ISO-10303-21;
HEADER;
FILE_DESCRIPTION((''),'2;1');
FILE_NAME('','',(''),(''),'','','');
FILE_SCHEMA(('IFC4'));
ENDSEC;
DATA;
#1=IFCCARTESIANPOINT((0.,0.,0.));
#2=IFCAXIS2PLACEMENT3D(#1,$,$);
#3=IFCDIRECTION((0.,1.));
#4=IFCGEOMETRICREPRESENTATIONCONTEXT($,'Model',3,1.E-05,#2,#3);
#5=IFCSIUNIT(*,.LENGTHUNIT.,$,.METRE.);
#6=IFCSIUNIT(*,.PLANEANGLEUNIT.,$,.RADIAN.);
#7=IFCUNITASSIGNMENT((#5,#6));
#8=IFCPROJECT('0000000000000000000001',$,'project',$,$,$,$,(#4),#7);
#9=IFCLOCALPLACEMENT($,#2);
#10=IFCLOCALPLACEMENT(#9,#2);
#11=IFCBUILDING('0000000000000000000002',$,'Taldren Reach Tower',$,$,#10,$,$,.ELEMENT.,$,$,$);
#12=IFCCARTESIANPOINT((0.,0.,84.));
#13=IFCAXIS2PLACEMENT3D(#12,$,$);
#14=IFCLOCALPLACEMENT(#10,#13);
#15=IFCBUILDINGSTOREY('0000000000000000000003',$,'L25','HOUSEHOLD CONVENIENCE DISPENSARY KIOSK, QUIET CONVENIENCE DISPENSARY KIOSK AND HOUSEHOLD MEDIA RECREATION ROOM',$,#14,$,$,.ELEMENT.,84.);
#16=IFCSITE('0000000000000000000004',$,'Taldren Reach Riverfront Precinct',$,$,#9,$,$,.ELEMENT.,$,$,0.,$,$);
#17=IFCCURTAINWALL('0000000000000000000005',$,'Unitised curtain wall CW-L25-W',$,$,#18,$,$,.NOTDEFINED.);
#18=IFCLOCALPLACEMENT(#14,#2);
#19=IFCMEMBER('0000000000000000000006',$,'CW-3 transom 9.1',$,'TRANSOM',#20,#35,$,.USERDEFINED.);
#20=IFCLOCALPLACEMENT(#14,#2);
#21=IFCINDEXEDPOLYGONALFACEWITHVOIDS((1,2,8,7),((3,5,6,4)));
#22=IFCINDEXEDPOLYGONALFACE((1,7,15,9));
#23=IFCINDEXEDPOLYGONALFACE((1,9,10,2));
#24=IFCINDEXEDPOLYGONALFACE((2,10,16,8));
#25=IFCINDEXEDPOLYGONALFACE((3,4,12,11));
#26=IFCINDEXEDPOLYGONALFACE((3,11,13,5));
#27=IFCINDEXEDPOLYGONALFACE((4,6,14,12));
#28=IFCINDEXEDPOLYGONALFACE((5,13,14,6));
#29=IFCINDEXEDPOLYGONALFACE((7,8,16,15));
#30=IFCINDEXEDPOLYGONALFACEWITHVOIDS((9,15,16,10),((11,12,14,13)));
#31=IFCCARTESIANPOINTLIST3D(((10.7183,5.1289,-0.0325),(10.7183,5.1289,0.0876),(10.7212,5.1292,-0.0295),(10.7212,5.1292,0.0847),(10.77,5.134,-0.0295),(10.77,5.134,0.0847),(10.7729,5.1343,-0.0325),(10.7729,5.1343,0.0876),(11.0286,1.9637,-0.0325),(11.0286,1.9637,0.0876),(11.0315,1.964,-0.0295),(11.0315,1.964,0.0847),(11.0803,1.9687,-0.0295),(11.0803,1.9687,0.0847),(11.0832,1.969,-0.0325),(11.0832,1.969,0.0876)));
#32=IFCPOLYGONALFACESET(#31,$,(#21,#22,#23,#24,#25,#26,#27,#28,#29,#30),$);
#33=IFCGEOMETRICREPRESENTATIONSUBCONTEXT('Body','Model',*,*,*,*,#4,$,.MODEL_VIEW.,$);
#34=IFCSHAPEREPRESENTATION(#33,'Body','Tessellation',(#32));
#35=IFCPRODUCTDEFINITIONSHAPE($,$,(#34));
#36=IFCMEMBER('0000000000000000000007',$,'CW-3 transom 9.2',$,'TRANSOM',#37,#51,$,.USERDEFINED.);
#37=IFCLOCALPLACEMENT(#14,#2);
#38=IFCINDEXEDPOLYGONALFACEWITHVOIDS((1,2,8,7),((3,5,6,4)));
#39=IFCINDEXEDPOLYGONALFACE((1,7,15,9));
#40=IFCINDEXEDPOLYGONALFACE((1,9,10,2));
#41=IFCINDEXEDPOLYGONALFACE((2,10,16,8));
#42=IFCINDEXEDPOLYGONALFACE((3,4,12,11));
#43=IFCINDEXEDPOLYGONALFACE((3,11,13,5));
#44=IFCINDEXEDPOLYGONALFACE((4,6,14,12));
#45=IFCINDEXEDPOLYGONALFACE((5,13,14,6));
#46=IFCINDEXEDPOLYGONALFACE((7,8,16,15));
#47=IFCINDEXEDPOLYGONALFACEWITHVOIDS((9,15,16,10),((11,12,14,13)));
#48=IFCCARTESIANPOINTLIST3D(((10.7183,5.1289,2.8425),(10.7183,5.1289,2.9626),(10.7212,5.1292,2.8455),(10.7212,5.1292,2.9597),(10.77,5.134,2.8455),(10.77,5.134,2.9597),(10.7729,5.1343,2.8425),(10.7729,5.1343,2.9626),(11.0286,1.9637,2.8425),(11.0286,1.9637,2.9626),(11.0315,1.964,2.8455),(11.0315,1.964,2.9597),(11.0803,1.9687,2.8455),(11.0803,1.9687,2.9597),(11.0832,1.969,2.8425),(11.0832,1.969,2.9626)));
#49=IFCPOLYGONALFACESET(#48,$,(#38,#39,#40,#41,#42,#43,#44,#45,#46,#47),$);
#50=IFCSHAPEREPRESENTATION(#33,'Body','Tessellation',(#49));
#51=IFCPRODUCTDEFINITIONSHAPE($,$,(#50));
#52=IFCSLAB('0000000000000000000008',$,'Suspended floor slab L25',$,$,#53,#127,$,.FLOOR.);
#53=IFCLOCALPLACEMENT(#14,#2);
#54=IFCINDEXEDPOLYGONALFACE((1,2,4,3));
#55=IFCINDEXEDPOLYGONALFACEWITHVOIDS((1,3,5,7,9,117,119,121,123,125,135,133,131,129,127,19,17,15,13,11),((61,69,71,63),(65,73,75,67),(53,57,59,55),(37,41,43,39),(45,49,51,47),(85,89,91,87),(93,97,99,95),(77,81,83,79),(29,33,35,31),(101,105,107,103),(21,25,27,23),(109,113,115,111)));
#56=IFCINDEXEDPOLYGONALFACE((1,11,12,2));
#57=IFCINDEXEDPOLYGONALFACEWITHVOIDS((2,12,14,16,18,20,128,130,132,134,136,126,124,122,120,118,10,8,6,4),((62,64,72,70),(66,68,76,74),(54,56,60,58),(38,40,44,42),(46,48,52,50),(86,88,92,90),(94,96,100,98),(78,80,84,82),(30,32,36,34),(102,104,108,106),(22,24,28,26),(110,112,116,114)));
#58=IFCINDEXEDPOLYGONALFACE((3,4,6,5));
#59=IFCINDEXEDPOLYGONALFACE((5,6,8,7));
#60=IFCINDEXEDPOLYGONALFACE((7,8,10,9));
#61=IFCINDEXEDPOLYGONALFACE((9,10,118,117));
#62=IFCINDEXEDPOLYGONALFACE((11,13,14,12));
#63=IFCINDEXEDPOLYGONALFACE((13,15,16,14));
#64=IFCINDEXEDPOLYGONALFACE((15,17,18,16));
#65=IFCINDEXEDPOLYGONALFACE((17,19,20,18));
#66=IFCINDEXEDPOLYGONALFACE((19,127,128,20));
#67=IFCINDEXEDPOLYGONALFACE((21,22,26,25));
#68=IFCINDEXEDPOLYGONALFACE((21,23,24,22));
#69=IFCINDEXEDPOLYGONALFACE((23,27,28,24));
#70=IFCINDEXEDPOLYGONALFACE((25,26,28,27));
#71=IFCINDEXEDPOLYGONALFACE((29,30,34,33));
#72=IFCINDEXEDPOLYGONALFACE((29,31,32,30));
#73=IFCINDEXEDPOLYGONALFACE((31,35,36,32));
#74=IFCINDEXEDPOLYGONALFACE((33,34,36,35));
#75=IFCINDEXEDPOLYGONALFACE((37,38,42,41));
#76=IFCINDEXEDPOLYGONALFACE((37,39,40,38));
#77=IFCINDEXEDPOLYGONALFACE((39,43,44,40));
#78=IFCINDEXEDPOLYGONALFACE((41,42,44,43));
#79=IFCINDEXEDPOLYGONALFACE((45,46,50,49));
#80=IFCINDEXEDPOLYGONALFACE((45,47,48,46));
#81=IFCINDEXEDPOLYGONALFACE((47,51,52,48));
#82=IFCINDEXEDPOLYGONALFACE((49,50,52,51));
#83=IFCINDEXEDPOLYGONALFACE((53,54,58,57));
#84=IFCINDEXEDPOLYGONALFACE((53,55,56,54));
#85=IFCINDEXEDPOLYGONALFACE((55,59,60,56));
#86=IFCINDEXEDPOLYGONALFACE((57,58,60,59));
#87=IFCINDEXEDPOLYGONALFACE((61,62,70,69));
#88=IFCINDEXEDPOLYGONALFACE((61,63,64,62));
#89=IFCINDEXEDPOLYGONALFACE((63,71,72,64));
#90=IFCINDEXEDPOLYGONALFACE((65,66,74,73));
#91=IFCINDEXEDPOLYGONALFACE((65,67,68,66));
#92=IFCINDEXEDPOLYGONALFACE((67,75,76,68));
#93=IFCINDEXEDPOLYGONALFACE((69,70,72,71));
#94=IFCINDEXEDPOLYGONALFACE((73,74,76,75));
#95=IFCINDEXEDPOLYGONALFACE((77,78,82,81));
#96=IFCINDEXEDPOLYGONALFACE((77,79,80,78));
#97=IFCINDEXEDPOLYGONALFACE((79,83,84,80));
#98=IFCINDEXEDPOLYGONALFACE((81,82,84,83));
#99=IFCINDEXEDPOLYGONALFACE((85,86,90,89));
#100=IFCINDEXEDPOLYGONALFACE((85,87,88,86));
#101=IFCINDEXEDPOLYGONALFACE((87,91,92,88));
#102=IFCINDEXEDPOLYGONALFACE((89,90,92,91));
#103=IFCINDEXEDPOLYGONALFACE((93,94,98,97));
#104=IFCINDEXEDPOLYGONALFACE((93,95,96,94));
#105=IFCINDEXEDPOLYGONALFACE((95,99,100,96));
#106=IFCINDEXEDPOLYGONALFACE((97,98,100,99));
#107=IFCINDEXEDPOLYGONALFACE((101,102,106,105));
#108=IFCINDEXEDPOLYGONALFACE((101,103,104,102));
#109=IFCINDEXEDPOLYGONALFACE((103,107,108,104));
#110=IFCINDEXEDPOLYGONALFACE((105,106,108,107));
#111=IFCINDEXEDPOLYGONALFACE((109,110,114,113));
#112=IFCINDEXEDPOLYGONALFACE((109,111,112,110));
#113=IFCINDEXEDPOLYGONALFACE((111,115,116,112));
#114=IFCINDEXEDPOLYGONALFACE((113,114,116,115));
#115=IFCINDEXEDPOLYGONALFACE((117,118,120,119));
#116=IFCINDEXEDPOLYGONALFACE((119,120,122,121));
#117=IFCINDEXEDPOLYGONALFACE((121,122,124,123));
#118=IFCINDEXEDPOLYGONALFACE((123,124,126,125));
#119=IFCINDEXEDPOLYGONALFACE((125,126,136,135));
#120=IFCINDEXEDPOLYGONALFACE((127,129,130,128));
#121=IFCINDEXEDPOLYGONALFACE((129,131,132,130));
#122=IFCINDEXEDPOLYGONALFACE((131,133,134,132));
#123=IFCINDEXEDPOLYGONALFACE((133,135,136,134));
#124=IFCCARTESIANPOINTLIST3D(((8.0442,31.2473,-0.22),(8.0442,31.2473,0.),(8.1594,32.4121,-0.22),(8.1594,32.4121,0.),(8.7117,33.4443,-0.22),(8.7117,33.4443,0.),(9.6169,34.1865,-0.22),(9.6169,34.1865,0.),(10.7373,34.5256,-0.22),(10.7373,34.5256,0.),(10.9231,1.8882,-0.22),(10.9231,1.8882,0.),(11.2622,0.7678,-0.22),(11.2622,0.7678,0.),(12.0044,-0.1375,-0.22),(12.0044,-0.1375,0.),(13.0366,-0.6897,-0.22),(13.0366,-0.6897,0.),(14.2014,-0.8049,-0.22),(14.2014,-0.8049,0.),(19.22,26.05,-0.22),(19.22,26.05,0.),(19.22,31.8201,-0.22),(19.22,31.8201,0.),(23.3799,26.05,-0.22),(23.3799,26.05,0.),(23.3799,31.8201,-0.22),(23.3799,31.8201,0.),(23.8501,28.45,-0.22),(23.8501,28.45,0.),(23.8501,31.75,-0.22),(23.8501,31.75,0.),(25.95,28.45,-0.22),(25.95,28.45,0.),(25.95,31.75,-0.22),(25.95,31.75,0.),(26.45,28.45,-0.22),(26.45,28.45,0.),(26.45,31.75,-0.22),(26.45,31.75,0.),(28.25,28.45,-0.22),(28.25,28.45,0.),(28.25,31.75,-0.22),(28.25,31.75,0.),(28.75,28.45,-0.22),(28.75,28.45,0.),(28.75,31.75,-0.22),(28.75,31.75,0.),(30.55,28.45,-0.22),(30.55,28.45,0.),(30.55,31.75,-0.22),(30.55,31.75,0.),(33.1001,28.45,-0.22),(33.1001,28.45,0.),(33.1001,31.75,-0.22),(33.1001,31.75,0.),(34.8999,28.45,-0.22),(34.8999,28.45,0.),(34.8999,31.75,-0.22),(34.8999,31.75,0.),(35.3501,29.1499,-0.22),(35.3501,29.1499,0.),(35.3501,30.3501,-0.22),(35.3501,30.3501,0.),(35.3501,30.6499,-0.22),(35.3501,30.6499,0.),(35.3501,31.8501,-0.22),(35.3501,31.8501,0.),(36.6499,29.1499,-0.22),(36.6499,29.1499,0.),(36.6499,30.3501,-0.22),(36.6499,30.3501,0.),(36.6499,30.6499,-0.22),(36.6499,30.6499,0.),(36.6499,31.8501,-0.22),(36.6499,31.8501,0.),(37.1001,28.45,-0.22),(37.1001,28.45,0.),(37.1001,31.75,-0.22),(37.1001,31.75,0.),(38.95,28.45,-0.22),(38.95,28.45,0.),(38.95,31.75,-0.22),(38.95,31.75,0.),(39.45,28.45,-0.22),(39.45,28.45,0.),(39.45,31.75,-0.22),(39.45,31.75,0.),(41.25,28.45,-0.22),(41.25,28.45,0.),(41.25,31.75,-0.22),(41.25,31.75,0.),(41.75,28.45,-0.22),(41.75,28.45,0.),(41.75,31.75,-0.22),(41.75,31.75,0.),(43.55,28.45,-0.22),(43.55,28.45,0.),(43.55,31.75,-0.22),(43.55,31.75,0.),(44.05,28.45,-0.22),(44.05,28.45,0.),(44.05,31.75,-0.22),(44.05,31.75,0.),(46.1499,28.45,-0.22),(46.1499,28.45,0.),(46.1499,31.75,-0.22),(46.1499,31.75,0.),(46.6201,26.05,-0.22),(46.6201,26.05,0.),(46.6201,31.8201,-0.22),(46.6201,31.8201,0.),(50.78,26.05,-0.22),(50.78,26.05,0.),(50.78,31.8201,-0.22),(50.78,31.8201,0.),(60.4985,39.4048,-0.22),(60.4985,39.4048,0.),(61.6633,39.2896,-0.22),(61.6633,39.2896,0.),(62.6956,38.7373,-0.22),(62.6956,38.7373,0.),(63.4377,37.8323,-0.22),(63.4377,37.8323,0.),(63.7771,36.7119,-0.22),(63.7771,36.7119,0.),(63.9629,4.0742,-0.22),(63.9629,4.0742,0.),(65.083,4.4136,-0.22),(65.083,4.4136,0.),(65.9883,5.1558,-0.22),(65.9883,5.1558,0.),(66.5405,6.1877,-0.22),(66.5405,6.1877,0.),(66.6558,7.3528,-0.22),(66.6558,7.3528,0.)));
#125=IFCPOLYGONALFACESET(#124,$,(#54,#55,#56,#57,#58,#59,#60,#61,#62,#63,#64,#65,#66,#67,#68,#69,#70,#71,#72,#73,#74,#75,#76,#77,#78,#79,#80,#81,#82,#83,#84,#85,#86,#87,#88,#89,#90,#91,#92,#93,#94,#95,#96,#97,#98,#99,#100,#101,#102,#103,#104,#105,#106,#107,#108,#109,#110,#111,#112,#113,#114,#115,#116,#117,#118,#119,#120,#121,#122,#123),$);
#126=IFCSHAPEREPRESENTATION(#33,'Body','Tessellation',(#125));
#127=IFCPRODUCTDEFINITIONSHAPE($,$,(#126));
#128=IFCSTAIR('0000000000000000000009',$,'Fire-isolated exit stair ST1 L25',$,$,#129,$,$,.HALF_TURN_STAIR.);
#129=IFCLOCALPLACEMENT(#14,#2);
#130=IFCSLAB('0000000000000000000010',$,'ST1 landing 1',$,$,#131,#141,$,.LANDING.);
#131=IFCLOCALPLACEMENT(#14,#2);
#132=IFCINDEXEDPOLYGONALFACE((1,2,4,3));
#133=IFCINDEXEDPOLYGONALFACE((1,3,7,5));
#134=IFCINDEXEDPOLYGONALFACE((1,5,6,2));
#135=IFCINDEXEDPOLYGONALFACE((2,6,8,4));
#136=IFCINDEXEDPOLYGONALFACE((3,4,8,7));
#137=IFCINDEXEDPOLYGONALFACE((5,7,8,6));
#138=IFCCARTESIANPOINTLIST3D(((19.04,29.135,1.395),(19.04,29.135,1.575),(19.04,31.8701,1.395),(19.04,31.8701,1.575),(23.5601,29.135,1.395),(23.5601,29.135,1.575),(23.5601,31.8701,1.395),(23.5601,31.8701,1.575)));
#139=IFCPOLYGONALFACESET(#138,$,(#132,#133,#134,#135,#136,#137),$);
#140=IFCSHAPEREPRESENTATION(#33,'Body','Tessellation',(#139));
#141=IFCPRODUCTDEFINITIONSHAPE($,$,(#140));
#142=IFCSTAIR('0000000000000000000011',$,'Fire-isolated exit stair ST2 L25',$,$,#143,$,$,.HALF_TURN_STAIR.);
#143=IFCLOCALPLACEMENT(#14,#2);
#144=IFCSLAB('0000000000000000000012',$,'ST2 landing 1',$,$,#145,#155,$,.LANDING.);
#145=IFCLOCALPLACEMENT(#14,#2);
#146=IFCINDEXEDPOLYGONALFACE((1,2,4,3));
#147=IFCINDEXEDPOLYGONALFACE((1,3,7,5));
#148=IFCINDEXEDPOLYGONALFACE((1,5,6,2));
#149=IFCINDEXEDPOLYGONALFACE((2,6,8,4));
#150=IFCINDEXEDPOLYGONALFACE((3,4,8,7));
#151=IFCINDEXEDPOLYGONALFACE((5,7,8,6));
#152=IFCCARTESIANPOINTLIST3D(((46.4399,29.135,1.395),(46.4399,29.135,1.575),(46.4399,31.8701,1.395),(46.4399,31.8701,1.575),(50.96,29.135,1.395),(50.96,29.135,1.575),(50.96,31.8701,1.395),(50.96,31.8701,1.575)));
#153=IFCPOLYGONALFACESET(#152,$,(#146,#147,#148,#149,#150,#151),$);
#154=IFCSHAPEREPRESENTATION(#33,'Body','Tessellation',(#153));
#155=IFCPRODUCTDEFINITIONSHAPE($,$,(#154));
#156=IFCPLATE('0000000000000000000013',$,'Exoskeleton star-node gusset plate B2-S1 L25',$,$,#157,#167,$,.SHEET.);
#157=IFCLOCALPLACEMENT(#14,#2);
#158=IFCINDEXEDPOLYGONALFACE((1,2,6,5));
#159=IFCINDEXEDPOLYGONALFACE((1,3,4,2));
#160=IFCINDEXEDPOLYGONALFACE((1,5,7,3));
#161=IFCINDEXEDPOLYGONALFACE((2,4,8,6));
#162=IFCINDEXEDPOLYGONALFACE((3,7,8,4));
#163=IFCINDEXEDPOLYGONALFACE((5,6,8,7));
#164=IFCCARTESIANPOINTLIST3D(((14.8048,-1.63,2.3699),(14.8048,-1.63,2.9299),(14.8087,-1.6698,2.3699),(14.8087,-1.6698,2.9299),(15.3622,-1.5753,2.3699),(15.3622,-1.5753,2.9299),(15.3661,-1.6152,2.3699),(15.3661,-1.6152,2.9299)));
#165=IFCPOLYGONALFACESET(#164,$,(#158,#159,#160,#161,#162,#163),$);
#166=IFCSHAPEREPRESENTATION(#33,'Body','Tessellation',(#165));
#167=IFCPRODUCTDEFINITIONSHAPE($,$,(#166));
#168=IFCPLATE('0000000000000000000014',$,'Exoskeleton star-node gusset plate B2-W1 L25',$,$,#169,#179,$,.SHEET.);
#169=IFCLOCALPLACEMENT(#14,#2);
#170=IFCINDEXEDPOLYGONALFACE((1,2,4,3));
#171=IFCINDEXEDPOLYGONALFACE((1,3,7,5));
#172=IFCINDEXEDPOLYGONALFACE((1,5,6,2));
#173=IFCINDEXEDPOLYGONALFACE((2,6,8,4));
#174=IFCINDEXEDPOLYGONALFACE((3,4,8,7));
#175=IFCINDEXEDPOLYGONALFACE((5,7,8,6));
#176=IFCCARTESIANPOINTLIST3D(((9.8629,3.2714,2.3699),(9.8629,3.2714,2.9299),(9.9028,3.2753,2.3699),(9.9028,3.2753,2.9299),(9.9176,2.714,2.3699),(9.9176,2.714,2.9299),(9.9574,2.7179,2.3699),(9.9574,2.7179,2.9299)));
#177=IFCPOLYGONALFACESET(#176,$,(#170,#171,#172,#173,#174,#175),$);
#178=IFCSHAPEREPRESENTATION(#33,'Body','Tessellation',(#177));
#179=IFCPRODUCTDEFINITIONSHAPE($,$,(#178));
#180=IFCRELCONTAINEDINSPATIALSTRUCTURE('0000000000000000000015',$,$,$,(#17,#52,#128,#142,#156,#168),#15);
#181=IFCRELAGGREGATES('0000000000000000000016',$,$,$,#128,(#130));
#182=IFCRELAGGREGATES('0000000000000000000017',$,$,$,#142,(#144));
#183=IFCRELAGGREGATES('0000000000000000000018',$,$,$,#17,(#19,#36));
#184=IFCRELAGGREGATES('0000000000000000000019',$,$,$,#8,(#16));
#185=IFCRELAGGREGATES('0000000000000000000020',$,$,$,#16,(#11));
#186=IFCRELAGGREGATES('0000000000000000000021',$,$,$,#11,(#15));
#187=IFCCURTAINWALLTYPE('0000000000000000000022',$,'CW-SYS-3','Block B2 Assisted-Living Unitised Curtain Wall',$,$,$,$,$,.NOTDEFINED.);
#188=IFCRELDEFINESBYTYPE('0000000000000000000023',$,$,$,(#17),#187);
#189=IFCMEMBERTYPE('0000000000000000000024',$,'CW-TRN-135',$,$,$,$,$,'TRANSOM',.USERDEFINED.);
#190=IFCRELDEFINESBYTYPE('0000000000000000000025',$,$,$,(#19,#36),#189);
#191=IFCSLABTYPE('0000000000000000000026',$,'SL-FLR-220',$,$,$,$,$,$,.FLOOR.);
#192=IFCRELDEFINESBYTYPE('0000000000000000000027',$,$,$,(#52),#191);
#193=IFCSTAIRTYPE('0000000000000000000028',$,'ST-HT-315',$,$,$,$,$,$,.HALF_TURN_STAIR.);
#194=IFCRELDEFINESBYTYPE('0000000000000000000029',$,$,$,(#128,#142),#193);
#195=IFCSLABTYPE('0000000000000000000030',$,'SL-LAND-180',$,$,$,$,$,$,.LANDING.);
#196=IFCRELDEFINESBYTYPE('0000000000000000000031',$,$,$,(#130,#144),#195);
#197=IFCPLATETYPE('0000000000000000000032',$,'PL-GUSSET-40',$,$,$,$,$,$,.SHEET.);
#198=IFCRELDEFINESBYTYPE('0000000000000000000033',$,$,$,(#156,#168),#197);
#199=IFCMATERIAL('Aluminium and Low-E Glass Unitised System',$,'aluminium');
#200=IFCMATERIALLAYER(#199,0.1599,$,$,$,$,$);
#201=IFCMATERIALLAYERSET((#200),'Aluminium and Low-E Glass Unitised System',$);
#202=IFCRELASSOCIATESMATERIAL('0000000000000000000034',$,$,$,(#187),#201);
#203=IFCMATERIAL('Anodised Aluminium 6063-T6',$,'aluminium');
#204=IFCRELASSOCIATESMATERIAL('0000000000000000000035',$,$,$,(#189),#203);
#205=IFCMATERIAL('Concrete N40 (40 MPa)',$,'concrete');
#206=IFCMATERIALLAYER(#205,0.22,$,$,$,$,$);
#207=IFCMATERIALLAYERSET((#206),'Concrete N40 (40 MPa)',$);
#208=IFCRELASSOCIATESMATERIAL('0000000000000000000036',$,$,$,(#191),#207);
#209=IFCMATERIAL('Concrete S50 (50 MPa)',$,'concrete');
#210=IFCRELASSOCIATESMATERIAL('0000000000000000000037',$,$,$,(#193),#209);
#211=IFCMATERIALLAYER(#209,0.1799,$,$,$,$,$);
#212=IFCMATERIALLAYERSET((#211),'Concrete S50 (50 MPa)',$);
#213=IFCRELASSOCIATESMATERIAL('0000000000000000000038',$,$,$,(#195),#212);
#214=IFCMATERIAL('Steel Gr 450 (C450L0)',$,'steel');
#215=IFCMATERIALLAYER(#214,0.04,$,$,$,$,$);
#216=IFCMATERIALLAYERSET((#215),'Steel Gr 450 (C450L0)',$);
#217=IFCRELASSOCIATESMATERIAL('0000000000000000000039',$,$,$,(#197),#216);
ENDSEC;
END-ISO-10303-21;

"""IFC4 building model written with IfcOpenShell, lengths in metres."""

from ifc_helpers import new_model, si_unit, direction, frame, origin, origin_2d, place, context, subcontext, project, spatial, polyline, rectangle, hollow_rectangle, outline, extrude, source, transform, mapped, material, layer, layer_set, material_profile, profile_set, type_object, element, aggregate, save


model = new_model("IFC4")

# Units and contexts
model_context = context("Model", 3, precision=1e-05, world=origin(), true_north=direction((0.0, 1.0)))
body_context = subcontext(model_context, "Body", "Model", "MODEL_VIEW")
ifc_project = project(units=[si_unit("LENGTHUNIT", "METRE"), si_unit("PLANEANGLEUNIT", "RADIAN")], contexts=[model_context])

# Site, building, storey
site_placement = place(None, origin())
site = spatial("IfcSite", under=ifc_project, at=site_placement, Name="Taldren Reach Riverfront Precinct", CompositionType="ELEMENT", RefElevation=0.0)
building_placement = place(site_placement, origin())
building = spatial("IfcBuilding", under=site, at=building_placement, Name="Taldren Reach Tower", CompositionType="ELEMENT")
storey_placement = place(building_placement, frame((0.0, 0.0, 84.0)))
storey = spatial("IfcBuildingStorey", under=building, at=storey_placement, Name="L25", Description="HOUSEHOLD CONVENIENCE DISPENSARY KIOSK, QUIET CONVENIENCE DISPENSARY KIOSK AND HOUSEHOLD MEDIA RECREATION ROOM", CompositionType="ELEMENT", Elevation=84.0)

# Shared definitions
ifc_material_1 = material(Name="Steel Gr 450 (C450L0)", Category="steel")

# Shared definitions
ifc_material_2 = material(Name="Aluminium and Low-E Glass Unitised System", Category="aluminium")
ifc_layer_1 = layer(ifc_material_2, 0.1599)
ifc_layer_set_1 = layer_set([ifc_layer_1], Name="Aluminium and Low-E Glass Unitised System")
curtain_wall_type = type_object("IfcCurtainWallType", Name="CW-SYS-3", Description="Block B2 Assisted-Living Unitised Curtain Wall", PredefinedType="NOTDEFINED", material=ifc_layer_set_1)
ifc_material_3 = material(Name="Anodised Aluminium 6063-T6", Category="aluminium")

# Curtain wall
curtain_wall_1_placement = place(storey_placement, origin())
curtain_wall_1 = element("IfcCurtainWall", 1, at=curtain_wall_1_placement, inside=storey, type_object=curtain_wall_type, Name="Unitised curtain wall CW-L25-W", PredefinedType="NOTDEFINED")

# Members
ifc_material_profile_1 = material_profile(ifc_material_3, hollow_rectangle(XDim=0.0549, YDim=0.1201, WallThickness=0.0029, at=origin_2d()), Name="ALU-120x55x3RHS")
ifc_profile_set_1 = profile_set([ifc_material_profile_1], Name="Anodised Aluminium 6063-T6")
member_type_1 = type_object("IfcMemberType", Name="CW-TRN-135", ElementType="TRANSOM", PredefinedType="USERDEFINED", material=ifc_profile_set_1)
shared_shape_1 = source(origin(), body_context, "Body", "SweptSolid", [
    extrude(hollow_rectangle(XDim=0.0549, YDim=0.1201, WallThickness=0.0029, at=origin_2d()), origin(), (0.0, 0.0, 1.0), 3.1804),
])
member_1_placement = place(storey_placement, frame((10.7456, 5.1316, 0.0276), z_axis=(0.097565, -0.995229, 0.0), x_axis=(0.995229, 0.097565, 0.0)))
member_1 = element("IfcMember", 2, at=member_1_placement, type_object=member_type_1, Name="CW-3 transom 9.1", ObjectType="TRANSOM", PredefinedType="USERDEFINED", context=body_context, shape_type="MappedRepresentation", body=[
    mapped(shared_shape_1, transform((0.0, 0.0, 0.0), scale=1.0)),
])
member_2_placement = place(storey_placement, frame((10.7456, 5.1316, 2.9026), z_axis=(0.097565, -0.995229, 0.0), x_axis=(0.995229, 0.097565, 0.0)))
member_2 = element("IfcMember", 3, at=member_2_placement, type_object=member_type_1, Name="CW-3 transom 9.2", ObjectType="TRANSOM", PredefinedType="USERDEFINED", context=body_context, shape_type="MappedRepresentation", body=[
    mapped(shared_shape_1, transform((0.0, 0.0, 0.0), scale=1.0)),
])

# Slab
ifc_material_4 = material(Name="Concrete N40 (40 MPa)", Category="concrete")
ifc_layer_2 = layer(ifc_material_4, 0.22)
ifc_layer_set_2 = layer_set([ifc_layer_2], Name="Concrete N40 (40 MPa)")
slab_type_1 = type_object("IfcSlabType", Name="SL-FLR-220", PredefinedType="FLOOR", material=ifc_layer_set_2)
slab_1_placement = place(storey_placement, frame((0.0, 0.0, -0.22)))
element("IfcSlab", 4, at=slab_1_placement, inside=storey, type_object=slab_type_1, Name="Suspended floor slab L25", PredefinedType="FLOOR", context=body_context, shape_type="SweptSolid", body=[
    extrude(outline(polyline([(63.9629, 4.0742), (65.083, 4.4136), (65.9883, 5.1558), (66.5405, 6.1877), (66.6558, 7.3528), (63.7771, 36.7119), (63.4377, 37.8323), (62.6956, 38.7373), (61.6633, 39.2896), (60.4985, 39.4048), (10.7373, 34.5256), (9.6169, 34.1865), (8.7117, 33.4443), (8.1594, 32.4121), (8.0442, 31.2473), (10.9231, 1.8882), (11.2622, 0.7678), (12.0044, -0.1375), (13.0366, -0.6897), (14.2014, -0.8049), (63.9629, 4.0742)]), holes=[polyline([(19.22, 26.05), (23.3799, 26.05), (23.3799, 31.8201), (19.22, 31.8201), (19.22, 26.05)]), polyline([(46.6201, 26.05), (50.78, 26.05), (50.78, 31.8201), (46.6201, 31.8201), (46.6201, 26.05)]), polyline([(23.8501, 28.45), (25.95, 28.45), (25.95, 31.75), (23.8501, 31.75), (23.8501, 28.45)]), polyline([(44.05, 28.45), (46.1499, 28.45), (46.1499, 31.75), (44.05, 31.75), (44.05, 28.45)]), polyline([(26.45, 28.45), (28.25, 28.45), (28.25, 31.75), (26.45, 31.75), (26.45, 28.45)]), polyline([(28.75, 28.45), (30.55, 28.45), (30.55, 31.75), (28.75, 31.75), (28.75, 28.45)]), polyline([(33.1001, 28.45), (34.8999, 28.45), (34.8999, 31.75), (33.1001, 31.75), (33.1001, 28.45)]), polyline([(37.1001, 28.45), (38.95, 28.45), (38.95, 31.75), (37.1001, 31.75), (37.1001, 28.45)]), polyline([(39.45, 28.45), (41.25, 28.45), (41.25, 31.75), (39.45, 31.75), (39.45, 28.45)]), polyline([(41.75, 28.45), (43.55, 28.45), (43.55, 31.75), (41.75, 31.75), (41.75, 28.45)]), polyline([(35.3501, 30.6499), (36.6499, 30.6499), (36.6499, 31.8501), (35.3501, 31.8501), (35.3501, 30.6499)]), polyline([(35.3501, 29.1499), (36.6499, 29.1499), (36.6499, 30.3501), (35.3501, 30.3501), (35.3501, 29.1499)])]), origin(), (0.0, 0.0, 1.0), 0.22),
])

# Stairs, slabs
ifc_material_5 = material(Name="Concrete S50 (50 MPa)", Category="concrete")
stair_type = type_object("IfcStairType", Name="ST-HT-315", PredefinedType="HALF_TURN_STAIR", material=ifc_material_5)
stair_1_placement = place(storey_placement, origin())
stair_1 = element("IfcStair", 5, at=stair_1_placement, inside=storey, type_object=stair_type, Name="Fire-isolated exit stair ST1 L25", PredefinedType="HALF_TURN_STAIR")
ifc_layer_3 = layer(ifc_material_5, 0.1799)
ifc_layer_set_3 = layer_set([ifc_layer_3], Name="Concrete S50 (50 MPa)")
slab_type_2 = type_object("IfcSlabType", Name="SL-LAND-180", PredefinedType="LANDING", material=ifc_layer_set_3)
slab_2_placement = place(storey_placement, frame((0.0, 0.0, 1.395)))
slab_2 = element("IfcSlab", 6, at=slab_2_placement, type_object=slab_type_2, Name="ST1 landing 1", PredefinedType="LANDING", context=body_context, shape_type="SweptSolid", body=[
    extrude(outline(polyline([(19.04, 29.135), (23.5601, 29.135), (23.5601, 31.8701), (19.04, 31.8701), (19.04, 29.135)])), origin(), (0.0, 0.0, 1.0), 0.1799),
])
aggregate(stair_1, [slab_2])
stair_2_placement = place(storey_placement, origin())
stair_2 = element("IfcStair", 7, at=stair_2_placement, inside=storey, type_object=stair_type, Name="Fire-isolated exit stair ST2 L25", PredefinedType="HALF_TURN_STAIR")
slab_3_placement = place(storey_placement, frame((0.0, 0.0, 1.395)))
slab_3 = element("IfcSlab", 8, at=slab_3_placement, type_object=slab_type_2, Name="ST2 landing 1", PredefinedType="LANDING", context=body_context, shape_type="SweptSolid", body=[
    extrude(outline(polyline([(46.4399, 29.135), (50.96, 29.135), (50.96, 31.8701), (46.4399, 31.8701), (46.4399, 29.135)])), origin(), (0.0, 0.0, 1.0), 0.1799),
])
aggregate(stair_2, [slab_3])

# Plates
ifc_layer_4 = layer(ifc_material_1, 0.04)
ifc_layer_set_4 = layer_set([ifc_layer_4], Name="Steel Gr 450 (C450L0)")
plate_type_1 = type_object("IfcPlateType", Name="PL-GUSSET-40", PredefinedType="SHEET", material=ifc_layer_set_4)
shared_shape_2 = source(origin(), body_context, "Body", "SweptSolid", [
    extrude(rectangle(XDim=0.5601, YDim=0.04, at=origin_2d()), origin(), (0.0, 0.0, 1.0), 0.5601),
])
for number, where, z_axis, x_axis, name in (
    (9, (15.0854, -1.6226, 2.3699), (0.0, 0.0, 1.0), (0.995227, 0.097583, 0.0), "Exoskeleton star-node gusset plate B2-S1 L25"),
    (10, (9.9102, 2.9946, 2.3699), (0.0, 0.0, 1.0), (-0.097583, 0.995227, 0.0), "Exoskeleton star-node gusset plate B2-W1 L25"),
):
    element("IfcPlate", number, at=place(storey_placement, frame(where, z_axis=z_axis, x_axis=x_axis)), inside=storey, type_object=plate_type_1, Name=name, PredefinedType="SHEET", context=body_context, shape_type="MappedRepresentation", body=[
        mapped(shared_shape_2, transform((0.0, 0.0, 0.0), scale=1.0)),
    ])

aggregate(curtain_wall_1, [member_1, member_2])

save(model, "model.ifc")
